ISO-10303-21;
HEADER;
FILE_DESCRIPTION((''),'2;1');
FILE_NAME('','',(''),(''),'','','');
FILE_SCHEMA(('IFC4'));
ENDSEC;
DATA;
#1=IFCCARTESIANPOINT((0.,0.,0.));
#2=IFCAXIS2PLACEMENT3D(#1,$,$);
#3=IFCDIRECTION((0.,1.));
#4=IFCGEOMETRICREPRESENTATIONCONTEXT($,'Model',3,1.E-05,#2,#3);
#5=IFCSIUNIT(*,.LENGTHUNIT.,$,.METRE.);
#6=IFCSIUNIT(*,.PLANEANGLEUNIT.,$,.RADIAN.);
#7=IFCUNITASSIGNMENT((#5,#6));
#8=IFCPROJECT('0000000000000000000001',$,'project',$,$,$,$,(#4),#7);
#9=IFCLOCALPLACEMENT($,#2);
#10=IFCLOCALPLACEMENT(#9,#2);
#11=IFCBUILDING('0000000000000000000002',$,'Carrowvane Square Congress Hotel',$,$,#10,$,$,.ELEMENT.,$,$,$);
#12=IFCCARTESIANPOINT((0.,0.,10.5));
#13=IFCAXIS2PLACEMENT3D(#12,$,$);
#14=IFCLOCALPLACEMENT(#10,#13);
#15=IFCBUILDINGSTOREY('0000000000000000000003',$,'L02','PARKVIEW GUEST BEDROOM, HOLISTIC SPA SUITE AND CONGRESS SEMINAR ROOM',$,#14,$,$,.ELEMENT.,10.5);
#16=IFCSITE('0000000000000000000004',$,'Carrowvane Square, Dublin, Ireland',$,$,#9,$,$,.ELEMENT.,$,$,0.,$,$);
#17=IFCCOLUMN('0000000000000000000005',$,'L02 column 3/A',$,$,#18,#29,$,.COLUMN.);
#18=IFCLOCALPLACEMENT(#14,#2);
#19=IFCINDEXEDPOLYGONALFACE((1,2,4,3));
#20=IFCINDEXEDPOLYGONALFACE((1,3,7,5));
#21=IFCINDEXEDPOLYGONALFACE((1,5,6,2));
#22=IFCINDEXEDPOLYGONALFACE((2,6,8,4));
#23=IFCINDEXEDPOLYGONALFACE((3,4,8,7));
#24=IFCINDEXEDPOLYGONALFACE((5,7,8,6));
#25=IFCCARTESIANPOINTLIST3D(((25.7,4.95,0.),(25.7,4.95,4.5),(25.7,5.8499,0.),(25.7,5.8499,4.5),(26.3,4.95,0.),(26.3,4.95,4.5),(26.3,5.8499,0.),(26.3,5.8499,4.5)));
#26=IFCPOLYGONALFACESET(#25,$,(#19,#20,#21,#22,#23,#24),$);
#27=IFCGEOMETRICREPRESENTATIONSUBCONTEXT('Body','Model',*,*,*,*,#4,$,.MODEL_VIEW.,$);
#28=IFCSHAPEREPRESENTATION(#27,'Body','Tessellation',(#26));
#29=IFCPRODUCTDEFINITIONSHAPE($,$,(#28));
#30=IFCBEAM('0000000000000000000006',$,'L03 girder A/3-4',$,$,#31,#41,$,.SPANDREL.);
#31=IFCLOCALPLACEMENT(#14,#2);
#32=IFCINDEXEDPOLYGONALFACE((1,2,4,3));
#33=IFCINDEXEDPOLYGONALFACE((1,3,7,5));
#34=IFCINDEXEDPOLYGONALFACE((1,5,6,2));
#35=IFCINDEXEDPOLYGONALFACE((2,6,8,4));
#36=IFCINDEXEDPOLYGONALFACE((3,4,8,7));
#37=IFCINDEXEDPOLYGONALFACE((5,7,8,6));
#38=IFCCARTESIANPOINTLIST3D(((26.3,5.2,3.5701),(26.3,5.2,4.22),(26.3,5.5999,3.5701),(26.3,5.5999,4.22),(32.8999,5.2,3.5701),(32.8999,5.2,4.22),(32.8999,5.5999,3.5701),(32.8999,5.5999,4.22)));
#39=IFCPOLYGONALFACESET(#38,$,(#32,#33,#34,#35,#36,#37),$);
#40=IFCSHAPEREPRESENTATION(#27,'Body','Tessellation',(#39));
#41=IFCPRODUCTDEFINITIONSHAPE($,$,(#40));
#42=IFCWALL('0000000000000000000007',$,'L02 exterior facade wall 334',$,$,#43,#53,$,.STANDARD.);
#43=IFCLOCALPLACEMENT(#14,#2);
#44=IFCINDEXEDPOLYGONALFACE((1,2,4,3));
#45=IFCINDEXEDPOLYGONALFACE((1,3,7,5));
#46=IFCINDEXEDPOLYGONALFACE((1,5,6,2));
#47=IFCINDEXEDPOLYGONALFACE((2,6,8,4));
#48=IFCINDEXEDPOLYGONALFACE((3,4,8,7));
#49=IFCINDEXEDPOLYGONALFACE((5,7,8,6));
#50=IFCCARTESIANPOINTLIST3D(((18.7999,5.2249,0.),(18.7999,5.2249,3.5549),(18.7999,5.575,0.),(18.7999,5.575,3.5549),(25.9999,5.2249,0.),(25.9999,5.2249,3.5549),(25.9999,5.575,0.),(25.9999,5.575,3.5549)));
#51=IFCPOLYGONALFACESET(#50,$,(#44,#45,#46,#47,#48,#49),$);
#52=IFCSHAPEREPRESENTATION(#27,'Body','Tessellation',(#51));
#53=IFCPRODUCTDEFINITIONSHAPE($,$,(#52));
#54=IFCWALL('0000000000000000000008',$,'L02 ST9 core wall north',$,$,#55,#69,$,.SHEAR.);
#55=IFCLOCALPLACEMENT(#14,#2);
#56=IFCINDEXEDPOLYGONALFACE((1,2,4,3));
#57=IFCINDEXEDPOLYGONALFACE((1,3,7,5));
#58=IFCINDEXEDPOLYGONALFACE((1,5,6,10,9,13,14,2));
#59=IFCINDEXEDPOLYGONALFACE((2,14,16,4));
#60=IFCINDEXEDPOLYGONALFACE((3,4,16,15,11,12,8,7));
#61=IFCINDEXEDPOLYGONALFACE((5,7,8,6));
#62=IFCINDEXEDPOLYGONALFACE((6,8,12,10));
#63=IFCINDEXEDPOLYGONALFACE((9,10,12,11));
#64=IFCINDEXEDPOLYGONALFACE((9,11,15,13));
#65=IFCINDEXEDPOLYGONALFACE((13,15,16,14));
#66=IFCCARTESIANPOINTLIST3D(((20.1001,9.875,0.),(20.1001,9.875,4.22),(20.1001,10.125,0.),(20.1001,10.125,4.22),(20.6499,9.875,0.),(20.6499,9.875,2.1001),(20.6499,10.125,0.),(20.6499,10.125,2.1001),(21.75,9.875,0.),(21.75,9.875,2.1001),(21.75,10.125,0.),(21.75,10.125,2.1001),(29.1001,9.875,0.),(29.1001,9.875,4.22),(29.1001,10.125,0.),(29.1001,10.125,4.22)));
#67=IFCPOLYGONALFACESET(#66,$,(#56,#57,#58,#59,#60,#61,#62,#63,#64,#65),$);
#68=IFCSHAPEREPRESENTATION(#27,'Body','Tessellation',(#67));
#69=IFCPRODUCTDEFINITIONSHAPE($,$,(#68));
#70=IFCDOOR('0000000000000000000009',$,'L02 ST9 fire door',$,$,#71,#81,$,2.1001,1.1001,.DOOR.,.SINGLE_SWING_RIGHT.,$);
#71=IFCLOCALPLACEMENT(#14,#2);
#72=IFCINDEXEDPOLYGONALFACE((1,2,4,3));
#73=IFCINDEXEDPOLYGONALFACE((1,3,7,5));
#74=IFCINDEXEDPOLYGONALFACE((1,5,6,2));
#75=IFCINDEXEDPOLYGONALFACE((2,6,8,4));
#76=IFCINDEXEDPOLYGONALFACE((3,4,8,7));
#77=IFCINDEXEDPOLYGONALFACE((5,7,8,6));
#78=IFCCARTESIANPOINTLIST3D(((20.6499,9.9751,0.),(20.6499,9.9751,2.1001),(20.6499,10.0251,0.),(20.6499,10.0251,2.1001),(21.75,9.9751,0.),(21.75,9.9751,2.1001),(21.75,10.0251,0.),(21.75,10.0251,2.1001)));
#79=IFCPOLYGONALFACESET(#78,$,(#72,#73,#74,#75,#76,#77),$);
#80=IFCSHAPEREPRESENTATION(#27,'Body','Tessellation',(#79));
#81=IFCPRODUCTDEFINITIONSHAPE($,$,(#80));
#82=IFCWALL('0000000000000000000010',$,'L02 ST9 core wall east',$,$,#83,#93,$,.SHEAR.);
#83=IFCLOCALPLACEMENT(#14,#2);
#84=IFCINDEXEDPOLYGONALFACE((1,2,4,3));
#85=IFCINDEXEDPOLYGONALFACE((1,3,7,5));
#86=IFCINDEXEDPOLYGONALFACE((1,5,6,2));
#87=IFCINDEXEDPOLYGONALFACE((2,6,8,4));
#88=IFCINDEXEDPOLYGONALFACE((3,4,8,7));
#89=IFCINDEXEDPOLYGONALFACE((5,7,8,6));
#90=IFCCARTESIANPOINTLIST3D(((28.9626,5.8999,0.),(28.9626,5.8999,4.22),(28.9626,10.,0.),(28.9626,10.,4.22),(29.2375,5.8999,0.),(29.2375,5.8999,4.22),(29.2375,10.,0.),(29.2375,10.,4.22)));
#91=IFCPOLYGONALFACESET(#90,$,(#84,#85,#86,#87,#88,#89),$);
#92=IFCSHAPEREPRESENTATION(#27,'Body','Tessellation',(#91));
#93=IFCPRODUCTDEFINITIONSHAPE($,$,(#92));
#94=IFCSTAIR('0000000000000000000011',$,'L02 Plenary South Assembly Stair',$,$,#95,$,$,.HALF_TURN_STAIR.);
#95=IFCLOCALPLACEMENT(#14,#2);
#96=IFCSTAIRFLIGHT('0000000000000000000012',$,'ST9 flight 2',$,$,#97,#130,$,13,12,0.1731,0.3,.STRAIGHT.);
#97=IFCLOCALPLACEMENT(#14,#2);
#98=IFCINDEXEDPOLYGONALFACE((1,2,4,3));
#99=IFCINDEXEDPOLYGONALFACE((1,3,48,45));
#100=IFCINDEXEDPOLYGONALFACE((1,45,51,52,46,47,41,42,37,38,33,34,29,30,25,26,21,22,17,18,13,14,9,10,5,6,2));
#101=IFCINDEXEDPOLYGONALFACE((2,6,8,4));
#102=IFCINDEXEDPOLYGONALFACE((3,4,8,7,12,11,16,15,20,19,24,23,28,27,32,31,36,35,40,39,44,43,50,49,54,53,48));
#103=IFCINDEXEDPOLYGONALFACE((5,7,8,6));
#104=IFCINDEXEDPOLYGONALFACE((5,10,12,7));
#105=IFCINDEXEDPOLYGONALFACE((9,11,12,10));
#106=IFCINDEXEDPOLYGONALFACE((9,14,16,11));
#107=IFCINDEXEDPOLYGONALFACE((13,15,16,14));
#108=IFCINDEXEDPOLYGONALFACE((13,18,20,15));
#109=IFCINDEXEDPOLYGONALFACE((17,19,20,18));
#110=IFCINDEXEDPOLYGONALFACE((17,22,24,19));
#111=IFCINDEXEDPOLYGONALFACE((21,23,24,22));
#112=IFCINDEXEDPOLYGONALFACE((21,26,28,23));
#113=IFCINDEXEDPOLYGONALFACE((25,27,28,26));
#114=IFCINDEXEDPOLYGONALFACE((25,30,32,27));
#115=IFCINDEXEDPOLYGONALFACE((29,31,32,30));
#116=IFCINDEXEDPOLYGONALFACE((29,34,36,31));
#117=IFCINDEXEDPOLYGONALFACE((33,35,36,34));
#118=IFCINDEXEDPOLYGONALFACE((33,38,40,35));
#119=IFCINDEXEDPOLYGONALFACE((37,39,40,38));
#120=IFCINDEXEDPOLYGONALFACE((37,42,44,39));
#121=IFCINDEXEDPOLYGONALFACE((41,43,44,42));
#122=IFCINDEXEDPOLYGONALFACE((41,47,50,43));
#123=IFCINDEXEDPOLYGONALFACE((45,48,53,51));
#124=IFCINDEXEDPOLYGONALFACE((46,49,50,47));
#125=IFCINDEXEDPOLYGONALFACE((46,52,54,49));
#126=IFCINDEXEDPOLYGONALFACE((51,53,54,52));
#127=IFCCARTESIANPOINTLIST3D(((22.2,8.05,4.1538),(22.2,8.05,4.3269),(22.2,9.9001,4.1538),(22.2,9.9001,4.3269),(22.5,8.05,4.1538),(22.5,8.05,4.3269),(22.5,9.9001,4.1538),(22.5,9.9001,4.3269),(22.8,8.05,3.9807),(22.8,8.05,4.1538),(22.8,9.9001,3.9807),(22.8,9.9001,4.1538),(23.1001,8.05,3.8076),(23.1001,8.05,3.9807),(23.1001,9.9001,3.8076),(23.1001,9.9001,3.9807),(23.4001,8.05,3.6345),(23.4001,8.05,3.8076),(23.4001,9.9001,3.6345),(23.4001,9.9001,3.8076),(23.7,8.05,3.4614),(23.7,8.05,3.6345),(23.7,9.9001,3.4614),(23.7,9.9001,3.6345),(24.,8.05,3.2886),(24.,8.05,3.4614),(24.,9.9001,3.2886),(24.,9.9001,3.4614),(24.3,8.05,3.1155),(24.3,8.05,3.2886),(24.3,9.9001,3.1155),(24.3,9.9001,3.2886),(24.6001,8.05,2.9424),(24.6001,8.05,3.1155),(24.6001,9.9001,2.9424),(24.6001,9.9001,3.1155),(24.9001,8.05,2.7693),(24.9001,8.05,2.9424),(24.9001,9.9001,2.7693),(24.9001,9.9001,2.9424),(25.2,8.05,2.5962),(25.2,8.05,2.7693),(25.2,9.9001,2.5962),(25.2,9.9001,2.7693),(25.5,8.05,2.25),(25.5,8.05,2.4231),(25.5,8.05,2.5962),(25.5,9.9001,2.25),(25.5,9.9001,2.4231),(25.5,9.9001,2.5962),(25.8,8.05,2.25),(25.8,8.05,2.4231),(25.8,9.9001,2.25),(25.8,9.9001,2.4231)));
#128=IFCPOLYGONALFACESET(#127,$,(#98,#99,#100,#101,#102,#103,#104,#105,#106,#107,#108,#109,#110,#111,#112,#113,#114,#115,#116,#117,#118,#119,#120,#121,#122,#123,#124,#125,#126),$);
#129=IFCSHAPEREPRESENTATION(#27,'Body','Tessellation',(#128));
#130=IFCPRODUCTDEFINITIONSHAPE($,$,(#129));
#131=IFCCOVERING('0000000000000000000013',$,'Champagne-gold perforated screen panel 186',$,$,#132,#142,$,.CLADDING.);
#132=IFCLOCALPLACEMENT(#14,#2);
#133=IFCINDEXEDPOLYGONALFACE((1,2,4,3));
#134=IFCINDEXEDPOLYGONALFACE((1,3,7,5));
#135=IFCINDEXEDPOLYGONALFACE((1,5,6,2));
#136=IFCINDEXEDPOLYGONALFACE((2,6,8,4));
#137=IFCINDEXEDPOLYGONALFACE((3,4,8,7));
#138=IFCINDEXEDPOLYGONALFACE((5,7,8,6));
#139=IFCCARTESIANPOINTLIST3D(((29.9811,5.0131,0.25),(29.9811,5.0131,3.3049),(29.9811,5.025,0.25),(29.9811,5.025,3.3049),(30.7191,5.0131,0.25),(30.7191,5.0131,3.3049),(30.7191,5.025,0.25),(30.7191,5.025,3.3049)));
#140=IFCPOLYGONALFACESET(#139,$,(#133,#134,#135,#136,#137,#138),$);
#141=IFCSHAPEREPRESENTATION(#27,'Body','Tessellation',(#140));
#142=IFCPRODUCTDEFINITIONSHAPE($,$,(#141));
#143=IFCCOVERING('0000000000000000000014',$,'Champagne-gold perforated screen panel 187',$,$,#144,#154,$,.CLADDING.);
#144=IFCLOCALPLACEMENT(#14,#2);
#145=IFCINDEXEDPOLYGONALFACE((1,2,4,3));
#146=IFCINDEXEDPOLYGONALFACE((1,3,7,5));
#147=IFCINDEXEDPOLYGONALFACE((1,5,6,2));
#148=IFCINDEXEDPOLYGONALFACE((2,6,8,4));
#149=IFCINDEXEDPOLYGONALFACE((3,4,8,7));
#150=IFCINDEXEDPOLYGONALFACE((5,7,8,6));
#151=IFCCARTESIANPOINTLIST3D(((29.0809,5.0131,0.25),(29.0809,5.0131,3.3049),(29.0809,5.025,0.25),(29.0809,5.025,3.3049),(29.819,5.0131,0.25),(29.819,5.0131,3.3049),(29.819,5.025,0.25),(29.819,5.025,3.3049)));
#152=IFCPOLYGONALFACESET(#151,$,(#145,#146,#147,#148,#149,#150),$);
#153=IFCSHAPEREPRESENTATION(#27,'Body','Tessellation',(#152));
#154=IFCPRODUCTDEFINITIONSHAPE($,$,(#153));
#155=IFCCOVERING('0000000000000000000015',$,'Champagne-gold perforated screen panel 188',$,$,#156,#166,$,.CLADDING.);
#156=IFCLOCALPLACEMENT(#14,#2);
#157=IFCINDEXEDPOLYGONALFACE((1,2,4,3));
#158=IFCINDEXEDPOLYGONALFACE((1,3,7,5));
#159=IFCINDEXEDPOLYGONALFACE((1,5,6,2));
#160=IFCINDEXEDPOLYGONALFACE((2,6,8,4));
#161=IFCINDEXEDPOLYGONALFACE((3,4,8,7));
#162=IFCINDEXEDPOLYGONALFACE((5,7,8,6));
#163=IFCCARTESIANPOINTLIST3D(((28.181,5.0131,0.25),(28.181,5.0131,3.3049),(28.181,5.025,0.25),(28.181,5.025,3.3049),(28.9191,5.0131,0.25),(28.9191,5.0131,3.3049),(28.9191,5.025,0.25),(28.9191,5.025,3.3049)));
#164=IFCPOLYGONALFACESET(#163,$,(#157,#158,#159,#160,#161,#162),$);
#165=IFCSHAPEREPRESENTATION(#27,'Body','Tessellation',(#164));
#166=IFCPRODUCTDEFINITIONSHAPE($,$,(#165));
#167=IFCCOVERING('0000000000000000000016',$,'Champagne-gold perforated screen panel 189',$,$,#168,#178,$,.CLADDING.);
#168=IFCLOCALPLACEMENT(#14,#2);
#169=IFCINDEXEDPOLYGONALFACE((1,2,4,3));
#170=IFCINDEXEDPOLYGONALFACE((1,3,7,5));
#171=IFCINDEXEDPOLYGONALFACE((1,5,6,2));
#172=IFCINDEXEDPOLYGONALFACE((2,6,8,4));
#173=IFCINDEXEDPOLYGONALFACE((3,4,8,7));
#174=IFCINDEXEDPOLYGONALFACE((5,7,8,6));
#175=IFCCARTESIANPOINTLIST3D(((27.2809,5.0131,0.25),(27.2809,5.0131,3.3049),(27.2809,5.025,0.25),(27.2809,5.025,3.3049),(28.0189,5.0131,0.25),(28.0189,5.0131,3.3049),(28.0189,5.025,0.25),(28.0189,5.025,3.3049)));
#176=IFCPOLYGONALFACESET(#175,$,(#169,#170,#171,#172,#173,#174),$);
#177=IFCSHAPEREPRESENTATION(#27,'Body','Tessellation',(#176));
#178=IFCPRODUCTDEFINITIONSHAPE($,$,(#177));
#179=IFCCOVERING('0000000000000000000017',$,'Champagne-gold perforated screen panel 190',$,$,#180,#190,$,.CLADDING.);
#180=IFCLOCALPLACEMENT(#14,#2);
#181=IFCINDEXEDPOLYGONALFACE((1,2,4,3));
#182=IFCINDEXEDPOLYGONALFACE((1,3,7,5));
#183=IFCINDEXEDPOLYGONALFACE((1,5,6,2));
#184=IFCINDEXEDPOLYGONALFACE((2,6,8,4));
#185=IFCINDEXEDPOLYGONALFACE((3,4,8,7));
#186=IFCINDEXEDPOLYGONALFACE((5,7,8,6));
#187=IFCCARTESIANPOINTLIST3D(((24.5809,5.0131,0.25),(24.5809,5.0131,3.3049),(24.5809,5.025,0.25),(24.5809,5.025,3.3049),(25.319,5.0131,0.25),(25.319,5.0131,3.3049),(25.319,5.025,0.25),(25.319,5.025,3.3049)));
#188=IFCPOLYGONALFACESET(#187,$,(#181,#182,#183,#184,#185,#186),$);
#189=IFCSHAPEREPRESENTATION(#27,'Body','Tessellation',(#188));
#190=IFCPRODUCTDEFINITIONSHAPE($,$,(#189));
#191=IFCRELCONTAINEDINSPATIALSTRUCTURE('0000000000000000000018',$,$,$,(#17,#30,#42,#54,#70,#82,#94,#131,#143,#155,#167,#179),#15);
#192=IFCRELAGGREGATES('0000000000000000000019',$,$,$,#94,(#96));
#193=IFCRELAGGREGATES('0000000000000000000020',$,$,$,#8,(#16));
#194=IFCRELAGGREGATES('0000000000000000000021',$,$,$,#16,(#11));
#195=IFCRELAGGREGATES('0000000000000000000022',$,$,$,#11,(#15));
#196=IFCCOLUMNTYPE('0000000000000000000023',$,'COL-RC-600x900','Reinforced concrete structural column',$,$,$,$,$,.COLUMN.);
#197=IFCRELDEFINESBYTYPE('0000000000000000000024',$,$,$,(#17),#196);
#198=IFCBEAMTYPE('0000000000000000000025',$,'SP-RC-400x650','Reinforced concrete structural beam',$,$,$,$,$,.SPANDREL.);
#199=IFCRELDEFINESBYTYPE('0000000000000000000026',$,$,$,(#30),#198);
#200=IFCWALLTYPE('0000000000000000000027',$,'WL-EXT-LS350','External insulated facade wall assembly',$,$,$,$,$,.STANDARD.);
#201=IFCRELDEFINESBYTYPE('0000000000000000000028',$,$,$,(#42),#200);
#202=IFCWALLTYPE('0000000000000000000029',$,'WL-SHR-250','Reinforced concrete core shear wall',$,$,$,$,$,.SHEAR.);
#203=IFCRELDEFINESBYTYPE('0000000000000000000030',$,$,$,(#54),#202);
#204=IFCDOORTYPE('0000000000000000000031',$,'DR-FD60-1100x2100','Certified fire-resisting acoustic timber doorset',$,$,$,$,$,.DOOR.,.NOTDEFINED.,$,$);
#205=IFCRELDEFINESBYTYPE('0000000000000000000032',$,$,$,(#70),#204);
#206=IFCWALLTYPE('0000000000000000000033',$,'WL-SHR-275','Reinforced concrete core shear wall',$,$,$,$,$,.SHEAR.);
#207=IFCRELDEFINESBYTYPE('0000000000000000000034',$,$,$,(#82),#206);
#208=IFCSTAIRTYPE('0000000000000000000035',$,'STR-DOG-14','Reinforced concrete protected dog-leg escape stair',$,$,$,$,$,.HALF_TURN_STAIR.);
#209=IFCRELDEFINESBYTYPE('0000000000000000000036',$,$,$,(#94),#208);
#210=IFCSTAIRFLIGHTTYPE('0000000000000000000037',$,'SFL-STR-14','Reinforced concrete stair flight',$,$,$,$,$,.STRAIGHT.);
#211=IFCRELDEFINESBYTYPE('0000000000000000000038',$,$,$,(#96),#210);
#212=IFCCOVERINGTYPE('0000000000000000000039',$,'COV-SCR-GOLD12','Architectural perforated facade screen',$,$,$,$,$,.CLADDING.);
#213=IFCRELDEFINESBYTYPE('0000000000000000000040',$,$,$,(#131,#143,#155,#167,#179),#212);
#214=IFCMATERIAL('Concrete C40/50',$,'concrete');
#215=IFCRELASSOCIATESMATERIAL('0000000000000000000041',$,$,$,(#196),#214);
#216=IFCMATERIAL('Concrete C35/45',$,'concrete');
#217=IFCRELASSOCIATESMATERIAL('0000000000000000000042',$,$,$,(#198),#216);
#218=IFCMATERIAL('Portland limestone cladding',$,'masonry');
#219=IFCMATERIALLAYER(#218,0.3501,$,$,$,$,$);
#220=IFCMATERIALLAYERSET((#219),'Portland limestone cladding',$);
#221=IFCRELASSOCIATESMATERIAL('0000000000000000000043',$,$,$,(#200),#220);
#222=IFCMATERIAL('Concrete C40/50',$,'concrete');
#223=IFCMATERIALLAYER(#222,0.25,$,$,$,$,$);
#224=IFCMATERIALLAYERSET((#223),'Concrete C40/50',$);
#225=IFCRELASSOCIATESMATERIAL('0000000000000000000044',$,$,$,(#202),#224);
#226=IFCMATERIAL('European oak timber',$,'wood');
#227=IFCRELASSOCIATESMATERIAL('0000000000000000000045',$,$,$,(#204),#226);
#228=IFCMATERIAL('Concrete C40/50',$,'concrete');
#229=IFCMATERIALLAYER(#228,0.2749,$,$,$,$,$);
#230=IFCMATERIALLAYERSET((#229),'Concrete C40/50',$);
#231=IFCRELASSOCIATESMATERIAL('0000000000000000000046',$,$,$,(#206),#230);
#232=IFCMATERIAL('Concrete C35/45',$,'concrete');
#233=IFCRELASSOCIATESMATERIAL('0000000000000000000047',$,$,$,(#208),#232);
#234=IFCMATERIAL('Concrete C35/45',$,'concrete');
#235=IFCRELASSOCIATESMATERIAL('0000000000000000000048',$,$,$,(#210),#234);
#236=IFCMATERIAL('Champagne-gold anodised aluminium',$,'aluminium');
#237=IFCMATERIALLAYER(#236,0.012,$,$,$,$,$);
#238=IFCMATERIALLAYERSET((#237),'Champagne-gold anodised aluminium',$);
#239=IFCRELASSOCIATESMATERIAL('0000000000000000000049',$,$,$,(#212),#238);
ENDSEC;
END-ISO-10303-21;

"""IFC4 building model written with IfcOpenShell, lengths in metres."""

from ifc_helpers import new_model, si_unit, direction, frame, frame_2d, origin, origin_2d, place, context, subcontext, project, spatial, polyline, rectangle, outline, extrude, material, layer, layer_set, material_profile, profile_set, type_object, element, fill, aggregate, save


model = new_model("IFC4")

# Units and contexts
model_context = context("Model", 3, precision=1e-05, world=origin(), true_north=direction((0.0, 1.0)))
body_context = subcontext(model_context, "Body", "Model", "MODEL_VIEW")
ifc_project = project(units=[si_unit("LENGTHUNIT", "METRE"), si_unit("PLANEANGLEUNIT", "RADIAN")], contexts=[model_context])

# Site, building, storey
site_placement = place(None, origin())
site = spatial("IfcSite", under=ifc_project, at=site_placement, Name="Carrowvane Square, Dublin, Ireland", CompositionType="ELEMENT", RefElevation=0.0)
building_placement = place(site_placement, origin())
building = spatial("IfcBuilding", under=site, at=building_placement, Name="Carrowvane Square Congress Hotel", CompositionType="ELEMENT")
storey_placement = place(building_placement, frame((0.0, 0.0, 10.5)))
storey = spatial("IfcBuildingStorey", under=building, at=storey_placement, Name="L02", Description="PARKVIEW GUEST BEDROOM, HOLISTIC SPA SUITE AND CONGRESS SEMINAR ROOM", CompositionType="ELEMENT", Elevation=10.5)

# Column
ifc_material_1 = material(Name="Concrete C40/50", Category="concrete")
ifc_material_profile_1 = material_profile(ifc_material_1, rectangle(XDim=0.6001, YDim=0.8999, at=origin_2d()), Name="RC 600x900")
ifc_profile_set_1 = profile_set([ifc_material_profile_1], Name="Concrete C40/50")
column_type = type_object("IfcColumnType", Name="COL-RC-600x900", Description="Reinforced concrete structural column", PredefinedType="COLUMN", material=ifc_profile_set_1)
column_placement = place(storey_placement, frame((26.0, 5.3999, 0.0), z_axis=(0.0, 0.0, 1.0), x_axis=(1.0, 0.0, 0.0)))
element("IfcColumn", 1, at=column_placement, inside=storey, type_object=column_type, Name="L02 column 3/A", PredefinedType="COLUMN", context=body_context, shape_type="SweptSolid", body=[
    extrude(rectangle(XDim=0.6001, YDim=0.8999, at=origin_2d()), origin(), (0.0, 0.0, 1.0), 4.5),
])

# Beam
ifc_material_2 = material(Name="Concrete C35/45", Category="concrete")
ifc_material_profile_2 = material_profile(ifc_material_2, rectangle(XDim=0.3999, YDim=0.6499, at=origin_2d()), Name="RC 400x650")
ifc_profile_set_2 = profile_set([ifc_material_profile_2], Name="Concrete C35/45")
beam_type = type_object("IfcBeamType", Name="SP-RC-400x650", Description="Reinforced concrete structural beam", PredefinedType="SPANDREL", material=ifc_profile_set_2)
beam_placement = place(storey_placement, frame((26.3, 5.3999, 3.895), z_axis=(1.0, 0.0, 0.0), x_axis=(0.0, 1.0, 0.0)))
element("IfcBeam", 2, at=beam_placement, inside=storey, type_object=beam_type, Name="L03 girder A/3-4", PredefinedType="SPANDREL", context=body_context, shape_type="SweptSolid", body=[
    extrude(rectangle(XDim=0.3999, YDim=0.6499, at=origin_2d()), origin(), (0.0, 0.0, 1.0), 6.5999),
])

# Wall
ifc_material_3 = material(Name="Portland limestone cladding", Category="masonry")
ifc_layer_1 = layer(ifc_material_3, 0.3501)
ifc_layer_set_1 = layer_set([ifc_layer_1], Name="Portland limestone cladding")
wall_type_1 = type_object("IfcWallType", Name="WL-EXT-LS350", Description="External insulated facade wall assembly", PredefinedType="STANDARD", material=ifc_layer_set_1)
wall_1_placement = place(storey_placement, frame((26.0, 5.3999, 0.0), z_axis=(0.0, 0.0, 1.0), x_axis=(-1.0, 0.0, 0.0)))
element("IfcWall", 3, at=wall_1_placement, inside=storey, type_object=wall_type_1, Name="L02 exterior facade wall 334", PredefinedType="STANDARD", context=body_context, shape_type="SweptSolid", body=[
    extrude(rectangle(XDim=7.2, YDim=0.3501, at=frame_2d((3.6001, 0.0))), origin(), (0.0, 0.0, 1.0), 3.5549),
])

# Wall, opening, door
ifc_material_4 = material(Name="Concrete C40/50", Category="concrete")
ifc_layer_2 = layer(ifc_material_4, 0.25)
ifc_layer_set_2 = layer_set([ifc_layer_2], Name="Concrete C40/50")
wall_type_2 = type_object("IfcWallType", Name="WL-SHR-250", Description="Reinforced concrete core shear wall", PredefinedType="SHEAR", material=ifc_layer_set_2)
wall_2_placement = place(storey_placement, frame((29.1001, 10.0, 0.0), z_axis=(0.0, 0.0, 1.0), x_axis=(-1.0, 0.0, 0.0)))
wall_2 = element("IfcWall", 4, at=wall_2_placement, inside=storey, type_object=wall_type_2, Name="L02 ST9 core wall north", PredefinedType="SHEAR", context=body_context, shape_type="SweptSolid", body=[
    extrude(rectangle(XDim=9.0, YDim=0.25, at=frame_2d((4.5, 0.0))), origin(), (0.0, 0.0, 1.0), 4.22),
])
opening_placement = place(wall_2_placement, frame((7.3501, 0.0, 0.0)))
opening = element("IfcOpeningElement", 5, at=opening_placement, cuts=wall_2, PredefinedType="OPENING", context=body_context, shape_type="SweptSolid", body=[
    extrude(rectangle(XDim=1.1001, YDim=2.1001, at=frame_2d((0.55, 1.05))), frame((0.0, 0.135, 0.0), z_axis=(0.0, -1.0, 0.0), x_axis=(1.0, 0.0, 0.0)), (0.0, 0.0, 1.0), 0.27),
])
ifc_material_5 = material(Name="European oak timber", Category="wood")
door_type = type_object("IfcDoorType", Name="DR-FD60-1100x2100", Description="Certified fire-resisting acoustic timber doorset", OperationType="NOTDEFINED", PredefinedType="DOOR", material=ifc_material_5)
door_placement = place(opening_placement, origin())
door = element("IfcDoor", 6, at=door_placement, inside=storey, type_object=door_type, Name="L02 ST9 fire door", OperationType="SINGLE_SWING_RIGHT", OverallHeight=2.1001, OverallWidth=1.1001, PredefinedType="DOOR", context=body_context, shape_type="SweptSolid", body=[
    extrude(rectangle(XDim=1.1001, YDim=2.1001, at=frame_2d((0.55, 1.05))), frame((0.0, 0.0249, 0.0), z_axis=(0.0, -1.0, 0.0), x_axis=(1.0, 0.0, 0.0)), (0.0, 0.0, 1.0), 0.05),
])
fill(opening, door)

# Wall
ifc_material_6 = material(Name="Concrete C40/50", Category="concrete")
ifc_layer_3 = layer(ifc_material_6, 0.2749)
ifc_layer_set_3 = layer_set([ifc_layer_3], Name="Concrete C40/50")
wall_type_3 = type_object("IfcWallType", Name="WL-SHR-275", Description="Reinforced concrete core shear wall", PredefinedType="SHEAR", material=ifc_layer_set_3)
wall_3_placement = place(storey_placement, frame((29.1001, 5.8999, 0.0), z_axis=(0.0, 0.0, 1.0), x_axis=(0.0, 1.0, 0.0)))
element("IfcWall", 7, at=wall_3_placement, inside=storey, type_object=wall_type_3, Name="L02 ST9 core wall east", PredefinedType="SHEAR", context=body_context, shape_type="SweptSolid", body=[
    extrude(rectangle(XDim=4.1001, YDim=0.2749, at=frame_2d((2.05, 0.0))), origin(), (0.0, 0.0, 1.0), 4.22),
])

# Stair, stair flight
ifc_material_7 = material(Name="Concrete C35/45", Category="concrete")
stair_type = type_object("IfcStairType", Name="STR-DOG-14", Description="Reinforced concrete protected dog-leg escape stair", PredefinedType="HALF_TURN_STAIR", material=ifc_material_7)
stair_placement = place(storey_placement, origin())
stair = element("IfcStair", 8, at=stair_placement, inside=storey, type_object=stair_type, Name="L02 Plenary South Assembly Stair", PredefinedType="HALF_TURN_STAIR")
ifc_material_8 = material(Name="Concrete C35/45", Category="concrete")
stair_flight_type = type_object("IfcStairFlightType", Name="SFL-STR-14", Description="Reinforced concrete stair flight", PredefinedType="STRAIGHT", material=ifc_material_8)
stair_flight_placement = place(storey_placement, frame((25.8, 8.9751, 2.25), z_axis=(0.0, 0.0, 1.0), x_axis=(-1.0, 0.0, 0.0)))
stair_flight = element("IfcStairFlight", 9, at=stair_flight_placement, type_object=stair_flight_type, Name="ST9 flight 2", NumberOfRisers=13, NumberOfTreads=12, PredefinedType="STRAIGHT", RiserHeight=0.1731, TreadLength=0.3, context=body_context, shape_type="SweptSolid", body=[
    extrude(outline(polyline([(0.0, 0.0), (0.0, 0.1731), (0.3, 0.1731), (0.3, 0.3462), (0.6001, 0.3462), (0.6001, 0.5193), (0.8999, 0.5193), (0.8999, 0.6924), (1.2, 0.6924), (1.2, 0.8655), (1.5, 0.8655), (1.5, 1.0386), (1.8, 1.0386), (1.8, 1.2114), (2.1001, 1.2114), (2.1001, 1.3845), (2.3999, 1.3845), (2.3999, 1.5576), (2.7, 1.5576), (2.7, 1.7307), (3.0, 1.7307), (3.0, 1.9038), (3.3, 1.9038), (3.3, 2.0769), (3.6001, 2.0769), (3.6001, 2.25), (3.6001, 1.9038), (0.3, 0.0), (0.0, 0.0)])), frame((0.0, 0.925, 0.0), z_axis=(0.0, -1.0, 0.0), x_axis=(1.0, 0.0, 0.0)), (0.0, 0.0, 1.0), 1.8501),
])
aggregate(stair, [stair_flight])

# Coverings
ifc_material_9 = material(Name="Champagne-gold anodised aluminium", Category="aluminium")
ifc_layer_4 = layer(ifc_material_9, 0.012)
ifc_layer_set_4 = layer_set([ifc_layer_4], Name="Champagne-gold anodised aluminium")
covering_type = type_object("IfcCoveringType", Name="COV-SCR-GOLD12", Description="Architectural perforated facade screen", PredefinedType="CLADDING", material=ifc_layer_set_4)
for number, where, z_axis, x_axis, name in (
    (10, (30.3501, 5.019, 0.25), (0.0, 0.0, 1.0), (-1.0, 0.0, 0.0), "Champagne-gold perforated screen panel 186"),
    (11, (29.45, 5.019, 0.25), (0.0, 0.0, 1.0), (-1.0, 0.0, 0.0), "Champagne-gold perforated screen panel 187"),
    (12, (28.55, 5.019, 0.25), (0.0, 0.0, 1.0), (-1.0, 0.0, 0.0), "Champagne-gold perforated screen panel 188"),
    (13, (27.6499, 5.019, 0.25), (0.0, 0.0, 1.0), (-1.0, 0.0, 0.0), "Champagne-gold perforated screen panel 189"),
    (14, (24.95, 5.019, 0.25), (0.0, 0.0, 1.0), (-1.0, 0.0, 0.0), "Champagne-gold perforated screen panel 190"),
):
    element("IfcCovering", number, at=place(storey_placement, frame(where, z_axis=z_axis, x_axis=x_axis)), inside=storey, type_object=covering_type, Name=name, PredefinedType="CLADDING", context=body_context, shape_type="SweptSolid", body=[
        extrude(rectangle(XDim=0.738, YDim=0.012, at=origin_2d()), origin(), (0.0, 0.0, 1.0), 3.0549),
    ])

save(model, "model.ifc")
